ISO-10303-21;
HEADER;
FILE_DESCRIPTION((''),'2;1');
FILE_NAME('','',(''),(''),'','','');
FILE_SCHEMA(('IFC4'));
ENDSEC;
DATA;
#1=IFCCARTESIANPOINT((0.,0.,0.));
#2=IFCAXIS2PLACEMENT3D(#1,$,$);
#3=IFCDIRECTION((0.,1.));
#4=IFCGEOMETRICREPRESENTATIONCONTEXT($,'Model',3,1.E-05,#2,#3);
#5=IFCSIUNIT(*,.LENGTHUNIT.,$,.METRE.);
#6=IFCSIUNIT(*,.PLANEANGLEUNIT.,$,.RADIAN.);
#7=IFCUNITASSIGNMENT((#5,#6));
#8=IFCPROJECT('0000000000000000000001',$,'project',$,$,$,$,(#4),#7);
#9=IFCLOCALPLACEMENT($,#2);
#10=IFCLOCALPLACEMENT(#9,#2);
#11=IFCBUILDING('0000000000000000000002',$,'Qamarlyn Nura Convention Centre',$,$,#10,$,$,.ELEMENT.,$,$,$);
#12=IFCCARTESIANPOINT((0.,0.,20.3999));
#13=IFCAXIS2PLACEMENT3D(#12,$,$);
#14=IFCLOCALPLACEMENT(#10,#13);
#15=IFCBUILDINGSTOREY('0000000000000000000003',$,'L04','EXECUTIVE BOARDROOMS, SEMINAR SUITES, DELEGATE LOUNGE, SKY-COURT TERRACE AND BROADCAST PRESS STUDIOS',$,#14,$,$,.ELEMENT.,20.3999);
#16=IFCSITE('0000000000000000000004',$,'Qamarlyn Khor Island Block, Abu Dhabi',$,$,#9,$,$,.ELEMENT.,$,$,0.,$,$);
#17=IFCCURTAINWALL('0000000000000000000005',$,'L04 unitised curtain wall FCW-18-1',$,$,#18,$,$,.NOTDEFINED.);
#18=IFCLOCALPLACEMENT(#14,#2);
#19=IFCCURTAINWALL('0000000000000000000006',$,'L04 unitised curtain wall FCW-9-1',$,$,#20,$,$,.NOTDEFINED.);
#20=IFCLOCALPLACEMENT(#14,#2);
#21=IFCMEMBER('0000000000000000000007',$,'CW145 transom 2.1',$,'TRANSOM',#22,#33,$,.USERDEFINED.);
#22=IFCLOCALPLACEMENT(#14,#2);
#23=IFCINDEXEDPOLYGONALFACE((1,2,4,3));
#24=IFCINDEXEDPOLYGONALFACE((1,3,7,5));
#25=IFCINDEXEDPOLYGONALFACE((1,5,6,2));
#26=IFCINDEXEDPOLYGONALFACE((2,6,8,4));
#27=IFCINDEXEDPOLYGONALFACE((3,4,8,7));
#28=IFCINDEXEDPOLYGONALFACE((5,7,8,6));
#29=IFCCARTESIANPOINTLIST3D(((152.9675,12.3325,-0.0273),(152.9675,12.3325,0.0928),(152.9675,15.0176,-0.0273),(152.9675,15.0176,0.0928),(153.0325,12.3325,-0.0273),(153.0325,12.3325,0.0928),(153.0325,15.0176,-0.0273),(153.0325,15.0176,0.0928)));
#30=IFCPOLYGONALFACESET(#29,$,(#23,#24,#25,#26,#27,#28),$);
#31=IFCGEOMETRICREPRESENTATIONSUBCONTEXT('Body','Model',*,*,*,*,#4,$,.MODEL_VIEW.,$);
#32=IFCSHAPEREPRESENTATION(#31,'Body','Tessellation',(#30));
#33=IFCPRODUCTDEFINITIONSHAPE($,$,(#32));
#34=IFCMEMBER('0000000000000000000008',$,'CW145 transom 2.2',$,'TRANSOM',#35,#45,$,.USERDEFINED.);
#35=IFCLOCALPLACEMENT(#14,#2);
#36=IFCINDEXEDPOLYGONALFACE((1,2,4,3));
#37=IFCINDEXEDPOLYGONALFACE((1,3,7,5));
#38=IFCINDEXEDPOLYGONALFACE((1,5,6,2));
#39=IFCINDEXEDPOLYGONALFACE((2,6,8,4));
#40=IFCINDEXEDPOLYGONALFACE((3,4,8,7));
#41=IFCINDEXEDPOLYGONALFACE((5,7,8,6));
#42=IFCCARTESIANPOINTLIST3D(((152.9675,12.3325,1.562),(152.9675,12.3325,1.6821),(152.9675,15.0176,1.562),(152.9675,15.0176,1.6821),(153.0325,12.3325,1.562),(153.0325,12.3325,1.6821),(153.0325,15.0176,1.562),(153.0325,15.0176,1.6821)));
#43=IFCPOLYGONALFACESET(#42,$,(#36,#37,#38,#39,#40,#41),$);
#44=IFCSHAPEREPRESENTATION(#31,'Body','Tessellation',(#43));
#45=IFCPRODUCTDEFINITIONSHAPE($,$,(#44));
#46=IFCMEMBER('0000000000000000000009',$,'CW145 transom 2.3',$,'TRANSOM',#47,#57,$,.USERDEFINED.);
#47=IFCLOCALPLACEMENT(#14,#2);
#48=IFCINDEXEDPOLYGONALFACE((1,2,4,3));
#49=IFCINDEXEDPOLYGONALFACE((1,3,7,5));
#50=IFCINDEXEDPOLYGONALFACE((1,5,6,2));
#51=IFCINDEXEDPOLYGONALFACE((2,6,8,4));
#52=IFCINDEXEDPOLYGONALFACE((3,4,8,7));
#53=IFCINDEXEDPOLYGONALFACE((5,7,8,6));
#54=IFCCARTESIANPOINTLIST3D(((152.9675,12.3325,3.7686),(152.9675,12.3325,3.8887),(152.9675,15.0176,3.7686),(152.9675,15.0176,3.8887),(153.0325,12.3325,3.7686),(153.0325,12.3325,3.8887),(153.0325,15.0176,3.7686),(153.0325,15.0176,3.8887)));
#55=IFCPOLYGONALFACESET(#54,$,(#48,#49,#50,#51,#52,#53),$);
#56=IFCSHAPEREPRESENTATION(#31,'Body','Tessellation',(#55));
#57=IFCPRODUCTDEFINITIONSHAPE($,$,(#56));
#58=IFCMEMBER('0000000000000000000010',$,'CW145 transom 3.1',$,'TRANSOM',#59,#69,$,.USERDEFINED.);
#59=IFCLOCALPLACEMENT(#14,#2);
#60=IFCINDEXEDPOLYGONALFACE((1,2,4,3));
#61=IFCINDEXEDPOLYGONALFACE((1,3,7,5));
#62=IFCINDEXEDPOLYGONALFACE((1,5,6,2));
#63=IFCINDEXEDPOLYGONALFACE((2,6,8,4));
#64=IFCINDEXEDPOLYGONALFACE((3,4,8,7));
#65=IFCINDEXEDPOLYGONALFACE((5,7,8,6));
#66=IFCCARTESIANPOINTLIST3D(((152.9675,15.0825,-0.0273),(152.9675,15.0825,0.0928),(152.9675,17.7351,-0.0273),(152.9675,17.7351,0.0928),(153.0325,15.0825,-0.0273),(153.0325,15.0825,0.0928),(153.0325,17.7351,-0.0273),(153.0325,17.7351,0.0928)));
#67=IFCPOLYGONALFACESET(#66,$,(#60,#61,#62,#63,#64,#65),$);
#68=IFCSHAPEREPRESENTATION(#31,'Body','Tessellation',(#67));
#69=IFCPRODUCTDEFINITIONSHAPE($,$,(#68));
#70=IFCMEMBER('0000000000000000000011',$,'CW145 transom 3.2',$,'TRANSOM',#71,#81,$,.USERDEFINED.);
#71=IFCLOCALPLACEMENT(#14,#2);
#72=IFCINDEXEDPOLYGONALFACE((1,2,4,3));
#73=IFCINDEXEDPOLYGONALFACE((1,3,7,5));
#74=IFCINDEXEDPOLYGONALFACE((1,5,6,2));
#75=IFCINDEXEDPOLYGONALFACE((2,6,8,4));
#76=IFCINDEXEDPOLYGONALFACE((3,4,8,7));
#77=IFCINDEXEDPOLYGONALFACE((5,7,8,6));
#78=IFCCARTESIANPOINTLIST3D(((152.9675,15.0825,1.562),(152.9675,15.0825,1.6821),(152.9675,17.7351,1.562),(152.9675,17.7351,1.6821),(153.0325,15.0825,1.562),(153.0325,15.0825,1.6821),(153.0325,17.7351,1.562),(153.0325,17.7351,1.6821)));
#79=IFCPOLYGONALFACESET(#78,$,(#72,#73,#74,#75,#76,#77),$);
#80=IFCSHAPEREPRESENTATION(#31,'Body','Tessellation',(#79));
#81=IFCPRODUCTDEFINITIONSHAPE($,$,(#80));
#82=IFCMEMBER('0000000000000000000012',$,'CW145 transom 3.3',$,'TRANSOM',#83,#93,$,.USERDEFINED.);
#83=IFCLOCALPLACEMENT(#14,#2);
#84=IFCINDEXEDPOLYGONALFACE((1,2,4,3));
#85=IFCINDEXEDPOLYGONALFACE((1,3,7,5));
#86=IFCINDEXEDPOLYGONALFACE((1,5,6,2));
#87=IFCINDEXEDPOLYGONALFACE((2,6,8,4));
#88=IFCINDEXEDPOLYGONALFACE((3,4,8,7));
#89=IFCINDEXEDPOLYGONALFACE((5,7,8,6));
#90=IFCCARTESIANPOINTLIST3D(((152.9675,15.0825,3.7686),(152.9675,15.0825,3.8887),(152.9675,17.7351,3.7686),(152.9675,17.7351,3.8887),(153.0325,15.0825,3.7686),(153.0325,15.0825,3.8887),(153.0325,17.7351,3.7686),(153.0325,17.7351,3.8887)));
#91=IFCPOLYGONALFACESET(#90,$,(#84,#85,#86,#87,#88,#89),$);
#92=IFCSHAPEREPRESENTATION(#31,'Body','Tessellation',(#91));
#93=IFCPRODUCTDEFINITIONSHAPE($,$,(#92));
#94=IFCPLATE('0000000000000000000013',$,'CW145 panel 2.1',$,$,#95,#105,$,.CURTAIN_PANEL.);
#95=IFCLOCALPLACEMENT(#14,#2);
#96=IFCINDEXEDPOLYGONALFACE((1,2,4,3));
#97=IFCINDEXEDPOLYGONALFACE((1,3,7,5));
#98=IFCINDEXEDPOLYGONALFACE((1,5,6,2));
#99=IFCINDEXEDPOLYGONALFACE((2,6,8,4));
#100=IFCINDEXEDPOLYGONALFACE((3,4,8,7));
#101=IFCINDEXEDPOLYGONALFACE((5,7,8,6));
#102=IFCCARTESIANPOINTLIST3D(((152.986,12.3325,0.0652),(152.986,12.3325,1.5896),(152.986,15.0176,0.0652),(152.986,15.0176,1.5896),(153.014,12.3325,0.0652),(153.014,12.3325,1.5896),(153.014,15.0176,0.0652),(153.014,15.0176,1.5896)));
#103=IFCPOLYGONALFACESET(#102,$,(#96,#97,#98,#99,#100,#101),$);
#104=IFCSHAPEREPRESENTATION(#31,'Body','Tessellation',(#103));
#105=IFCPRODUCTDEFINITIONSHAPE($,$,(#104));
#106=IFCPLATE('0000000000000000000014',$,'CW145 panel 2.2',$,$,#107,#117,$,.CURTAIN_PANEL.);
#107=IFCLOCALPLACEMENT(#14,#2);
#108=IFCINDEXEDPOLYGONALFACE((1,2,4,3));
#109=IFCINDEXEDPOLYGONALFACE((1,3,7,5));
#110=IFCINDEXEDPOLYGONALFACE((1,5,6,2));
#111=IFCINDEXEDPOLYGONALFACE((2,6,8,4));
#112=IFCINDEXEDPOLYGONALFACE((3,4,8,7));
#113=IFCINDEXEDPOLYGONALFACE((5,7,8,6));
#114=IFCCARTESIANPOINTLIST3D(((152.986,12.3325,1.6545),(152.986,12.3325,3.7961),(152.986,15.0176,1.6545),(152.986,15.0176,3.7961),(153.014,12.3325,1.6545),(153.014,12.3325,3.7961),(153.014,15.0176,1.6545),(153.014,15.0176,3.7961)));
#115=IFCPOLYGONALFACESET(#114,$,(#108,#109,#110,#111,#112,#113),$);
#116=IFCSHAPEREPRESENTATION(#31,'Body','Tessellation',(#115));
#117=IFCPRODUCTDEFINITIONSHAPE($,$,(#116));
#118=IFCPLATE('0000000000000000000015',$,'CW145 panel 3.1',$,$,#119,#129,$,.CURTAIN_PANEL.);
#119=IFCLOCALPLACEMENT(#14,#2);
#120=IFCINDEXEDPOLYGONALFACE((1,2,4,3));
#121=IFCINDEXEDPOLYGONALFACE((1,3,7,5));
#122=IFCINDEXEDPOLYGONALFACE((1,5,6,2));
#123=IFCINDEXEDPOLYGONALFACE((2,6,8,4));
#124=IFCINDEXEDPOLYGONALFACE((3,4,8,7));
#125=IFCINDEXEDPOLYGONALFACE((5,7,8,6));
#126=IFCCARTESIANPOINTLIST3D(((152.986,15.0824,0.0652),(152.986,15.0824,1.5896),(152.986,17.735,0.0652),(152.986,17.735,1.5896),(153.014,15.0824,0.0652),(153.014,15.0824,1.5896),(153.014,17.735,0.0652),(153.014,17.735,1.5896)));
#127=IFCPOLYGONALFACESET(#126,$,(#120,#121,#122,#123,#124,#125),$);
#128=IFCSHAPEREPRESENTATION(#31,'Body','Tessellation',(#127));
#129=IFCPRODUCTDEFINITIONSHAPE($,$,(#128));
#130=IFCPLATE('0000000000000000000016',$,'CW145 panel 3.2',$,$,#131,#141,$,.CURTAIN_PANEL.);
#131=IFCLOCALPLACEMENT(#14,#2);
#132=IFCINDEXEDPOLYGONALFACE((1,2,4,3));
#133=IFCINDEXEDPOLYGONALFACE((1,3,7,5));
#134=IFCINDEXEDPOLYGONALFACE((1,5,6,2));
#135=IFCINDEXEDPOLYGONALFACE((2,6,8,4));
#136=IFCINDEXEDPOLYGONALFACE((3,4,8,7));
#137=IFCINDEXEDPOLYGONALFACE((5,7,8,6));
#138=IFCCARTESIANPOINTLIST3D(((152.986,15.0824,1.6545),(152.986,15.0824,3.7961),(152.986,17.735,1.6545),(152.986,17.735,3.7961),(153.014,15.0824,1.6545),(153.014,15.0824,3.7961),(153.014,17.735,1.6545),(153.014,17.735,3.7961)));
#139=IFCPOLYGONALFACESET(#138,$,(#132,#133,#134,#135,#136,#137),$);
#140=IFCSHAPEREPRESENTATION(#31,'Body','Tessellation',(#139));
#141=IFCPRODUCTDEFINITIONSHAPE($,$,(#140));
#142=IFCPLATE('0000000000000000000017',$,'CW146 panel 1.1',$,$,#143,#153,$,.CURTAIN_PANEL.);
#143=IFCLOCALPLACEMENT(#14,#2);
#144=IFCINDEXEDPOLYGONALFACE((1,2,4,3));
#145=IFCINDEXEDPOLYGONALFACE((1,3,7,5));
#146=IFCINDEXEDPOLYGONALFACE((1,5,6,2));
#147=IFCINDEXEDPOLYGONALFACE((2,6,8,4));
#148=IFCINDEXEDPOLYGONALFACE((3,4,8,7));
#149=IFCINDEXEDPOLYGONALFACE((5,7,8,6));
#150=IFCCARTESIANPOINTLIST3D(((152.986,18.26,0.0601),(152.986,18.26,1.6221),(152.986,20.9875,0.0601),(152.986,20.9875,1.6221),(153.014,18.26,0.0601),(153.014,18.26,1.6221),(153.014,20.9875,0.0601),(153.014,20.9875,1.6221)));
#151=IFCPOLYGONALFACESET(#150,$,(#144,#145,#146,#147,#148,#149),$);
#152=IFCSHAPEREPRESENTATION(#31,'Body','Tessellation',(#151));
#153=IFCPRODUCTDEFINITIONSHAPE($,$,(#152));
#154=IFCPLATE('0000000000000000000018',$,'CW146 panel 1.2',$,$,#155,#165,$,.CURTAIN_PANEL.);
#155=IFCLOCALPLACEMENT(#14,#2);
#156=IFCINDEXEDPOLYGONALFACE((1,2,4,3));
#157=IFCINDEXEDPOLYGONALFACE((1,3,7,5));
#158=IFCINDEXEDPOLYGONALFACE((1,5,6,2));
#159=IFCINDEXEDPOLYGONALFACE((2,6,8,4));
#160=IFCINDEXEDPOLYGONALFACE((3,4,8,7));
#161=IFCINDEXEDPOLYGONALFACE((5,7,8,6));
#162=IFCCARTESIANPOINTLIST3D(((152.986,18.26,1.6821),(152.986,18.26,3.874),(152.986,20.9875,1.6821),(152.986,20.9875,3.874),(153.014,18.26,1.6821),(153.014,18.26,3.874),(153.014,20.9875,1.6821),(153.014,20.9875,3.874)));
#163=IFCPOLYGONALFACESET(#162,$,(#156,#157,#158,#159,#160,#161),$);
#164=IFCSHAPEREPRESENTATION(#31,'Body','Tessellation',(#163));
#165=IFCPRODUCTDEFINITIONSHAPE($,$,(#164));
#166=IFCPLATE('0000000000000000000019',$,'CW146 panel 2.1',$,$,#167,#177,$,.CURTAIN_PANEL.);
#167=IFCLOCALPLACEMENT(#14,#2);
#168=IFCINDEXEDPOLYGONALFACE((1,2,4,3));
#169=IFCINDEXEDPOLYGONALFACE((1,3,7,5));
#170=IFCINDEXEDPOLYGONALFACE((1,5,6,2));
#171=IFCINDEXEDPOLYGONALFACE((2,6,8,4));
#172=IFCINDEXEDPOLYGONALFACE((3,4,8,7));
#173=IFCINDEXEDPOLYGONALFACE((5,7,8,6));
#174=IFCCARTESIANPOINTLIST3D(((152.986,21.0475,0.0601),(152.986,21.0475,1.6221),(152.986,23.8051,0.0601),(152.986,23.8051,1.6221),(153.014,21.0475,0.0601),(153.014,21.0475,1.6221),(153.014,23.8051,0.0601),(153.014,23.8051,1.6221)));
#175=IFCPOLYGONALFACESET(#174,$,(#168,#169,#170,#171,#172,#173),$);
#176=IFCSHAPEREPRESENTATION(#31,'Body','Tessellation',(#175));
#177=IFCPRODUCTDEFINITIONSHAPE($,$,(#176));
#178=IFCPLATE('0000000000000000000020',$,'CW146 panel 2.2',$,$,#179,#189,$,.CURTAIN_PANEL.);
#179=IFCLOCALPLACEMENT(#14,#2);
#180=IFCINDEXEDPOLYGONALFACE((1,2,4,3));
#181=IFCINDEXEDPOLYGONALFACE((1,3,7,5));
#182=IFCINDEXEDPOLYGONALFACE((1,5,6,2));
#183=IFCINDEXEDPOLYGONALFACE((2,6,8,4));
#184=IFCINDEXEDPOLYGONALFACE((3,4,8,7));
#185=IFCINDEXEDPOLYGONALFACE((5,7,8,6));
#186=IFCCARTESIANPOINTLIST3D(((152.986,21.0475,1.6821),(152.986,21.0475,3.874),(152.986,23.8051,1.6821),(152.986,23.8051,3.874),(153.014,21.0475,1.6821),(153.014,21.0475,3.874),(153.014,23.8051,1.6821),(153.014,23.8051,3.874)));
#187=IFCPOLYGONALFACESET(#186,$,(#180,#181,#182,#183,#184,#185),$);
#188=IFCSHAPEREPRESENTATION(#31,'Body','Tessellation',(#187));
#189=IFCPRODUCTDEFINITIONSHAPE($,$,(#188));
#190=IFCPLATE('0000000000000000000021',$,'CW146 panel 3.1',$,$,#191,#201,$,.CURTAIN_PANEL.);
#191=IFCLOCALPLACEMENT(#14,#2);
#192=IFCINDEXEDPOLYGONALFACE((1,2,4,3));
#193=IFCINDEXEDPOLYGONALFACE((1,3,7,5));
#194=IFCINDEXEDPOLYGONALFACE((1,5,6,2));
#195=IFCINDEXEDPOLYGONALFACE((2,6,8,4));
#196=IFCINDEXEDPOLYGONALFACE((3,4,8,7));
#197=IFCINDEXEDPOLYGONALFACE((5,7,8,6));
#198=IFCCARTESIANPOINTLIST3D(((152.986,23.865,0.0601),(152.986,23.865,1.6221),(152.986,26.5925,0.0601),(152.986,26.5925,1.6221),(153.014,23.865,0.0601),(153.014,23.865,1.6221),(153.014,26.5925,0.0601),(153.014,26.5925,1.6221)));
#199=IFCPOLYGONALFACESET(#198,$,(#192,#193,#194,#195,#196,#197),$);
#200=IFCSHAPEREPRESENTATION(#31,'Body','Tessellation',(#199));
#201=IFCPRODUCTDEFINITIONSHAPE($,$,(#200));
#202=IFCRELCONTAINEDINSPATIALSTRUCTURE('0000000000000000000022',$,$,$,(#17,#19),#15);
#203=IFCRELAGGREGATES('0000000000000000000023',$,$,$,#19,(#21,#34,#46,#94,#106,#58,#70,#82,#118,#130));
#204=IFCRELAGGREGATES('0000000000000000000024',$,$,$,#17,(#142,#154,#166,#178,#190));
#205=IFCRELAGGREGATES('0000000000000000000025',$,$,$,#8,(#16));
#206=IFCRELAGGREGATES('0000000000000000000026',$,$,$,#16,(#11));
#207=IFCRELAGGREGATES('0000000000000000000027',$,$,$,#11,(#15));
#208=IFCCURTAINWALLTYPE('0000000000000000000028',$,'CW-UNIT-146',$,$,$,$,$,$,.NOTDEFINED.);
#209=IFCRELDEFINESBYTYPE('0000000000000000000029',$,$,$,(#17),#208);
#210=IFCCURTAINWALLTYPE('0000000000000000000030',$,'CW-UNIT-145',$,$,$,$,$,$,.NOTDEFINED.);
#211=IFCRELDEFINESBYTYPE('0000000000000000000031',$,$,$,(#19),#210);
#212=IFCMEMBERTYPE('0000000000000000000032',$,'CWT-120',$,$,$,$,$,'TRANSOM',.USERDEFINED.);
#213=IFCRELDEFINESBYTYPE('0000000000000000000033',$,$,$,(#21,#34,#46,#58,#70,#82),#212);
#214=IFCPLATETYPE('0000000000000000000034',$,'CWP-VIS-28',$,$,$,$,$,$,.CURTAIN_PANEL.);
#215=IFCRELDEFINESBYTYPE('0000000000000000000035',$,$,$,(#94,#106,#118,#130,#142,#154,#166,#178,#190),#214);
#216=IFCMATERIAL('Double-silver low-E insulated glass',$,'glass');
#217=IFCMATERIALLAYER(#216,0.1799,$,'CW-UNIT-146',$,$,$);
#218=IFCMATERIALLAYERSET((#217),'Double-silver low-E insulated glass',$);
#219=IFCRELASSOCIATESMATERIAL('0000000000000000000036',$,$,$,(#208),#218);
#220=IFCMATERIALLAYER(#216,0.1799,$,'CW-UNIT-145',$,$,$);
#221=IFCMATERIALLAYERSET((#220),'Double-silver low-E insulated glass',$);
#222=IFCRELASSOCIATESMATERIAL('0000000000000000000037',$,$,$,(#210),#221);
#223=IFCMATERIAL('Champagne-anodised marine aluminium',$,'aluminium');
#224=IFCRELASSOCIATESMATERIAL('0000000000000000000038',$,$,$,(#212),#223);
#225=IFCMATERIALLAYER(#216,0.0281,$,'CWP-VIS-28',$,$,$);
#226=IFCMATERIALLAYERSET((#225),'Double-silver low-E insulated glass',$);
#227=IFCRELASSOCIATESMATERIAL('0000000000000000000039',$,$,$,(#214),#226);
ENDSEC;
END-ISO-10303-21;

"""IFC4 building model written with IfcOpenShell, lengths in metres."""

from ifc_helpers import new_model, si_unit, direction, frame, origin, origin_2d, place, context, subcontext, project, spatial, rectangle, extrude, material, layer, layer_set, material_profile, profile_set, type_object, element, aggregate, save


model = new_model("IFC4")

# Units and contexts
model_context = context("Model", 3, precision=1e-05, world=origin(), true_north=direction((0.0, 1.0)))
body_context = subcontext(model_context, "Body", "Model", "MODEL_VIEW")
ifc_project = project(units=[si_unit("LENGTHUNIT", "METRE"), si_unit("PLANEANGLEUNIT", "RADIAN")], contexts=[model_context])

# Site, building, storey
site_placement = place(None, origin())
site = spatial("IfcSite", under=ifc_project, at=site_placement, Name="Qamarlyn Khor Island Block, Abu Dhabi", CompositionType="ELEMENT", RefElevation=0.0)
building_placement = place(site_placement, origin())
building = spatial("IfcBuilding", under=site, at=building_placement, Name="Qamarlyn Nura Convention Centre", CompositionType="ELEMENT")
storey_placement = place(building_placement, frame((0.0, 0.0, 20.3999)))
storey = spatial("IfcBuildingStorey", under=building, at=storey_placement, Name="L04", Description="EXECUTIVE BOARDROOMS, SEMINAR SUITES, DELEGATE LOUNGE, SKY-COURT TERRACE AND BROADCAST PRESS STUDIOS", CompositionType="ELEMENT", Elevation=20.3999)

# Curtain walls
ifc_material_1 = material(Name="Double-silver low-E insulated glass", Category="glass")
ifc_layer_1 = layer(ifc_material_1, 0.1799, Name="CW-UNIT-146")
ifc_layer_set_1 = layer_set([ifc_layer_1], Name="Double-silver low-E insulated glass")
curtain_wall_type_1 = type_object("IfcCurtainWallType", Name="CW-UNIT-146", PredefinedType="NOTDEFINED", material=ifc_layer_set_1)
curtain_wall_1_placement = place(storey_placement, origin())
curtain_wall_1 = element("IfcCurtainWall", 1, at=curtain_wall_1_placement, inside=storey, type_object=curtain_wall_type_1, Name="L04 unitised curtain wall FCW-18-1", PredefinedType="NOTDEFINED")
ifc_material_2 = material(Name="Champagne-anodised marine aluminium", Category="aluminium")
ifc_layer_2 = layer(ifc_material_1, 0.1799, Name="CW-UNIT-145")
ifc_layer_set_2 = layer_set([ifc_layer_2], Name="Double-silver low-E insulated glass")
curtain_wall_type_2 = type_object("IfcCurtainWallType", Name="CW-UNIT-145", PredefinedType="NOTDEFINED", material=ifc_layer_set_2)
curtain_wall_2_placement = place(storey_placement, origin())
curtain_wall_2 = element("IfcCurtainWall", 2, at=curtain_wall_2_placement, inside=storey, type_object=curtain_wall_type_2, Name="L04 unitised curtain wall FCW-9-1", PredefinedType="NOTDEFINED")

# Members
ifc_material_profile_1 = material_profile(ifc_material_2, rectangle(XDim=0.0649, YDim=0.1201, at=origin_2d()), Name="ALU TRANSOM 65x120")
ifc_profile_set_1 = profile_set([ifc_material_profile_1], Name="Champagne-anodised marine aluminium")
member_type_1 = type_object("IfcMemberType", Name="CWT-120", ElementType="TRANSOM", PredefinedType="USERDEFINED", material=ifc_profile_set_1)
member_1_placement = place(storey_placement, frame((153.0, 12.3325, 0.0327), z_axis=(0.0, 1.0, 0.0), x_axis=(-1.0, 0.0, 0.0)))
member_1 = element("IfcMember", 3, at=member_1_placement, type_object=member_type_1, Name="CW145 transom 2.1", ObjectType="TRANSOM", PredefinedType="USERDEFINED", context=body_context, shape_type="SweptSolid", body=[
    extrude(rectangle(XDim=0.0649, YDim=0.1201, at=origin_2d()), origin(), (0.0, 0.0, 1.0), 2.6851),
])
member_2_placement = place(storey_placement, frame((153.0, 12.3325, 1.6221), z_axis=(0.0, 1.0, 0.0), x_axis=(-1.0, 0.0, 0.0)))
member_2 = element("IfcMember", 4, at=member_2_placement, type_object=member_type_1, Name="CW145 transom 2.2", ObjectType="TRANSOM", PredefinedType="USERDEFINED", context=body_context, shape_type="SweptSolid", body=[
    extrude(rectangle(XDim=0.0649, YDim=0.1201, at=origin_2d()), origin(), (0.0, 0.0, 1.0), 2.6851),
])
member_3_placement = place(storey_placement, frame((153.0, 12.3325, 3.8286), z_axis=(0.0, 1.0, 0.0), x_axis=(-1.0, 0.0, 0.0)))
member_3 = element("IfcMember", 5, at=member_3_placement, type_object=member_type_1, Name="CW145 transom 2.3", ObjectType="TRANSOM", PredefinedType="USERDEFINED", context=body_context, shape_type="SweptSolid", body=[
    extrude(rectangle(XDim=0.0649, YDim=0.1201, at=origin_2d()), origin(), (0.0, 0.0, 1.0), 2.6851),
])
member_4_placement = place(storey_placement, frame((153.0, 15.0825, 0.0327), z_axis=(0.0, 1.0, 0.0), x_axis=(-1.0, 0.0, 0.0)))
member_4 = element("IfcMember", 6, at=member_4_placement, type_object=member_type_1, Name="CW145 transom 3.1", ObjectType="TRANSOM", PredefinedType="USERDEFINED", context=body_context, shape_type="SweptSolid", body=[
    extrude(rectangle(XDim=0.0649, YDim=0.1201, at=origin_2d()), origin(), (0.0, 0.0, 1.0), 2.6526),
])
member_5_placement = place(storey_placement, frame((153.0, 15.0825, 1.6221), z_axis=(0.0, 1.0, 0.0), x_axis=(-1.0, 0.0, 0.0)))
member_5 = element("IfcMember", 7, at=member_5_placement, type_object=member_type_1, Name="CW145 transom 3.2", ObjectType="TRANSOM", PredefinedType="USERDEFINED", context=body_context, shape_type="SweptSolid", body=[
    extrude(rectangle(XDim=0.0649, YDim=0.1201, at=origin_2d()), origin(), (0.0, 0.0, 1.0), 2.6526),
])
member_6_placement = place(storey_placement, frame((153.0, 15.0825, 3.8286), z_axis=(0.0, 1.0, 0.0), x_axis=(-1.0, 0.0, 0.0)))
member_6 = element("IfcMember", 8, at=member_6_placement, type_object=member_type_1, Name="CW145 transom 3.3", ObjectType="TRANSOM", PredefinedType="USERDEFINED", context=body_context, shape_type="SweptSolid", body=[
    extrude(rectangle(XDim=0.0649, YDim=0.1201, at=origin_2d()), origin(), (0.0, 0.0, 1.0), 2.6526),
])

# Plates
ifc_layer_3 = layer(ifc_material_1, 0.0281, Name="CWP-VIS-28")
ifc_layer_set_3 = layer_set([ifc_layer_3], Name="Double-silver low-E insulated glass")
plate_type = type_object("IfcPlateType", Name="CWP-VIS-28", PredefinedType="CURTAIN_PANEL", material=ifc_layer_set_3)
plate_1_placement = place(storey_placement, frame((153.0, 13.675, 0.0652), z_axis=(0.0, 0.0, 1.0), x_axis=(0.0, 1.0, 0.0)))
plate_1 = element("IfcPlate", 9, at=plate_1_placement, type_object=plate_type, Name="CW145 panel 2.1", PredefinedType="CURTAIN_PANEL", context=body_context, shape_type="SweptSolid", body=[
    extrude(rectangle(XDim=2.6851, YDim=0.0281, at=origin_2d()), origin(), (0.0, 0.0, 1.0), 1.5244),
])
plate_2_placement = place(storey_placement, frame((153.0, 13.675, 1.6545), z_axis=(0.0, 0.0, 1.0), x_axis=(0.0, 1.0, 0.0)))
plate_2 = element("IfcPlate", 10, at=plate_2_placement, type_object=plate_type, Name="CW145 panel 2.2", PredefinedType="CURTAIN_PANEL", context=body_context, shape_type="SweptSolid", body=[
    extrude(rectangle(XDim=2.6851, YDim=0.0281, at=origin_2d()), origin(), (0.0, 0.0, 1.0), 2.1416),
])
plate_3_placement = place(storey_placement, frame((153.0, 16.4087, 0.0652), z_axis=(0.0, 0.0, 1.0), x_axis=(0.0, 1.0, 0.0)))
plate_3 = element("IfcPlate", 11, at=plate_3_placement, type_object=plate_type, Name="CW145 panel 3.1", PredefinedType="CURTAIN_PANEL", context=body_context, shape_type="SweptSolid", body=[
    extrude(rectangle(XDim=2.6526, YDim=0.0281, at=origin_2d()), origin(), (0.0, 0.0, 1.0), 1.5244),
])
plate_4_placement = place(storey_placement, frame((153.0, 16.4087, 1.6545), z_axis=(0.0, 0.0, 1.0), x_axis=(0.0, 1.0, 0.0)))
plate_4 = element("IfcPlate", 12, at=plate_4_placement, type_object=plate_type, Name="CW145 panel 3.2", PredefinedType="CURTAIN_PANEL", context=body_context, shape_type="SweptSolid", body=[
    extrude(rectangle(XDim=2.6526, YDim=0.0281, at=origin_2d()), origin(), (0.0, 0.0, 1.0), 2.1416),
])
aggregate(curtain_wall_2, [member_1, member_2, member_3, plate_1, plate_2, member_4, member_5, member_6, plate_3, plate_4])
plate_5_placement = place(storey_placement, frame((153.0, 19.6238, 0.0601), z_axis=(0.0, 0.0, 1.0), x_axis=(0.0, 1.0, 0.0)))
plate_5 = element("IfcPlate", 13, at=plate_5_placement, type_object=plate_type, Name="CW146 panel 1.1", PredefinedType="CURTAIN_PANEL", context=body_context, shape_type="SweptSolid", body=[
    extrude(rectangle(XDim=2.7275, YDim=0.0281, at=origin_2d()), origin(), (0.0, 0.0, 1.0), 1.562),
])
plate_6_placement = place(storey_placement, frame((153.0, 19.6238, 1.6821), z_axis=(0.0, 0.0, 1.0), x_axis=(0.0, 1.0, 0.0)))
plate_6 = element("IfcPlate", 14, at=plate_6_placement, type_object=plate_type, Name="CW146 panel 1.2", PredefinedType="CURTAIN_PANEL", context=body_context, shape_type="SweptSolid", body=[
    extrude(rectangle(XDim=2.7275, YDim=0.0281, at=origin_2d()), origin(), (0.0, 0.0, 1.0), 2.1919),
])
plate_7_placement = place(storey_placement, frame((153.0, 22.4263, 0.0601), z_axis=(0.0, 0.0, 1.0), x_axis=(0.0, 1.0, 0.0)))
plate_7 = element("IfcPlate", 15, at=plate_7_placement, type_object=plate_type, Name="CW146 panel 2.1", PredefinedType="CURTAIN_PANEL", context=body_context, shape_type="SweptSolid", body=[
    extrude(rectangle(XDim=2.7576, YDim=0.0281, at=origin_2d()), origin(), (0.0, 0.0, 1.0), 1.562),
])
plate_8_placement = place(storey_placement, frame((153.0, 22.4263, 1.6821), z_axis=(0.0, 0.0, 1.0), x_axis=(0.0, 1.0, 0.0)))
plate_8 = element("IfcPlate", 16, at=plate_8_placement, type_object=plate_type, Name="CW146 panel 2.2", PredefinedType="CURTAIN_PANEL", context=body_context, shape_type="SweptSolid", body=[
    extrude(rectangle(XDim=2.7576, YDim=0.0281, at=origin_2d()), origin(), (0.0, 0.0, 1.0), 2.1919),
])
plate_9_placement = place(storey_placement, frame((153.0, 25.2288, 0.0601), z_axis=(0.0, 0.0, 1.0), x_axis=(0.0, 1.0, 0.0)))
plate_9 = element("IfcPlate", 17, at=plate_9_placement, type_object=plate_type, Name="CW146 panel 3.1", PredefinedType="CURTAIN_PANEL", context=body_context, shape_type="SweptSolid", body=[
    extrude(rectangle(XDim=2.7275, YDim=0.0281, at=origin_2d()), origin(), (0.0, 0.0, 1.0), 1.562),
])
aggregate(curtain_wall_1, [plate_5, plate_6, plate_7, plate_8, plate_9])

save(model, "model.ifc")
